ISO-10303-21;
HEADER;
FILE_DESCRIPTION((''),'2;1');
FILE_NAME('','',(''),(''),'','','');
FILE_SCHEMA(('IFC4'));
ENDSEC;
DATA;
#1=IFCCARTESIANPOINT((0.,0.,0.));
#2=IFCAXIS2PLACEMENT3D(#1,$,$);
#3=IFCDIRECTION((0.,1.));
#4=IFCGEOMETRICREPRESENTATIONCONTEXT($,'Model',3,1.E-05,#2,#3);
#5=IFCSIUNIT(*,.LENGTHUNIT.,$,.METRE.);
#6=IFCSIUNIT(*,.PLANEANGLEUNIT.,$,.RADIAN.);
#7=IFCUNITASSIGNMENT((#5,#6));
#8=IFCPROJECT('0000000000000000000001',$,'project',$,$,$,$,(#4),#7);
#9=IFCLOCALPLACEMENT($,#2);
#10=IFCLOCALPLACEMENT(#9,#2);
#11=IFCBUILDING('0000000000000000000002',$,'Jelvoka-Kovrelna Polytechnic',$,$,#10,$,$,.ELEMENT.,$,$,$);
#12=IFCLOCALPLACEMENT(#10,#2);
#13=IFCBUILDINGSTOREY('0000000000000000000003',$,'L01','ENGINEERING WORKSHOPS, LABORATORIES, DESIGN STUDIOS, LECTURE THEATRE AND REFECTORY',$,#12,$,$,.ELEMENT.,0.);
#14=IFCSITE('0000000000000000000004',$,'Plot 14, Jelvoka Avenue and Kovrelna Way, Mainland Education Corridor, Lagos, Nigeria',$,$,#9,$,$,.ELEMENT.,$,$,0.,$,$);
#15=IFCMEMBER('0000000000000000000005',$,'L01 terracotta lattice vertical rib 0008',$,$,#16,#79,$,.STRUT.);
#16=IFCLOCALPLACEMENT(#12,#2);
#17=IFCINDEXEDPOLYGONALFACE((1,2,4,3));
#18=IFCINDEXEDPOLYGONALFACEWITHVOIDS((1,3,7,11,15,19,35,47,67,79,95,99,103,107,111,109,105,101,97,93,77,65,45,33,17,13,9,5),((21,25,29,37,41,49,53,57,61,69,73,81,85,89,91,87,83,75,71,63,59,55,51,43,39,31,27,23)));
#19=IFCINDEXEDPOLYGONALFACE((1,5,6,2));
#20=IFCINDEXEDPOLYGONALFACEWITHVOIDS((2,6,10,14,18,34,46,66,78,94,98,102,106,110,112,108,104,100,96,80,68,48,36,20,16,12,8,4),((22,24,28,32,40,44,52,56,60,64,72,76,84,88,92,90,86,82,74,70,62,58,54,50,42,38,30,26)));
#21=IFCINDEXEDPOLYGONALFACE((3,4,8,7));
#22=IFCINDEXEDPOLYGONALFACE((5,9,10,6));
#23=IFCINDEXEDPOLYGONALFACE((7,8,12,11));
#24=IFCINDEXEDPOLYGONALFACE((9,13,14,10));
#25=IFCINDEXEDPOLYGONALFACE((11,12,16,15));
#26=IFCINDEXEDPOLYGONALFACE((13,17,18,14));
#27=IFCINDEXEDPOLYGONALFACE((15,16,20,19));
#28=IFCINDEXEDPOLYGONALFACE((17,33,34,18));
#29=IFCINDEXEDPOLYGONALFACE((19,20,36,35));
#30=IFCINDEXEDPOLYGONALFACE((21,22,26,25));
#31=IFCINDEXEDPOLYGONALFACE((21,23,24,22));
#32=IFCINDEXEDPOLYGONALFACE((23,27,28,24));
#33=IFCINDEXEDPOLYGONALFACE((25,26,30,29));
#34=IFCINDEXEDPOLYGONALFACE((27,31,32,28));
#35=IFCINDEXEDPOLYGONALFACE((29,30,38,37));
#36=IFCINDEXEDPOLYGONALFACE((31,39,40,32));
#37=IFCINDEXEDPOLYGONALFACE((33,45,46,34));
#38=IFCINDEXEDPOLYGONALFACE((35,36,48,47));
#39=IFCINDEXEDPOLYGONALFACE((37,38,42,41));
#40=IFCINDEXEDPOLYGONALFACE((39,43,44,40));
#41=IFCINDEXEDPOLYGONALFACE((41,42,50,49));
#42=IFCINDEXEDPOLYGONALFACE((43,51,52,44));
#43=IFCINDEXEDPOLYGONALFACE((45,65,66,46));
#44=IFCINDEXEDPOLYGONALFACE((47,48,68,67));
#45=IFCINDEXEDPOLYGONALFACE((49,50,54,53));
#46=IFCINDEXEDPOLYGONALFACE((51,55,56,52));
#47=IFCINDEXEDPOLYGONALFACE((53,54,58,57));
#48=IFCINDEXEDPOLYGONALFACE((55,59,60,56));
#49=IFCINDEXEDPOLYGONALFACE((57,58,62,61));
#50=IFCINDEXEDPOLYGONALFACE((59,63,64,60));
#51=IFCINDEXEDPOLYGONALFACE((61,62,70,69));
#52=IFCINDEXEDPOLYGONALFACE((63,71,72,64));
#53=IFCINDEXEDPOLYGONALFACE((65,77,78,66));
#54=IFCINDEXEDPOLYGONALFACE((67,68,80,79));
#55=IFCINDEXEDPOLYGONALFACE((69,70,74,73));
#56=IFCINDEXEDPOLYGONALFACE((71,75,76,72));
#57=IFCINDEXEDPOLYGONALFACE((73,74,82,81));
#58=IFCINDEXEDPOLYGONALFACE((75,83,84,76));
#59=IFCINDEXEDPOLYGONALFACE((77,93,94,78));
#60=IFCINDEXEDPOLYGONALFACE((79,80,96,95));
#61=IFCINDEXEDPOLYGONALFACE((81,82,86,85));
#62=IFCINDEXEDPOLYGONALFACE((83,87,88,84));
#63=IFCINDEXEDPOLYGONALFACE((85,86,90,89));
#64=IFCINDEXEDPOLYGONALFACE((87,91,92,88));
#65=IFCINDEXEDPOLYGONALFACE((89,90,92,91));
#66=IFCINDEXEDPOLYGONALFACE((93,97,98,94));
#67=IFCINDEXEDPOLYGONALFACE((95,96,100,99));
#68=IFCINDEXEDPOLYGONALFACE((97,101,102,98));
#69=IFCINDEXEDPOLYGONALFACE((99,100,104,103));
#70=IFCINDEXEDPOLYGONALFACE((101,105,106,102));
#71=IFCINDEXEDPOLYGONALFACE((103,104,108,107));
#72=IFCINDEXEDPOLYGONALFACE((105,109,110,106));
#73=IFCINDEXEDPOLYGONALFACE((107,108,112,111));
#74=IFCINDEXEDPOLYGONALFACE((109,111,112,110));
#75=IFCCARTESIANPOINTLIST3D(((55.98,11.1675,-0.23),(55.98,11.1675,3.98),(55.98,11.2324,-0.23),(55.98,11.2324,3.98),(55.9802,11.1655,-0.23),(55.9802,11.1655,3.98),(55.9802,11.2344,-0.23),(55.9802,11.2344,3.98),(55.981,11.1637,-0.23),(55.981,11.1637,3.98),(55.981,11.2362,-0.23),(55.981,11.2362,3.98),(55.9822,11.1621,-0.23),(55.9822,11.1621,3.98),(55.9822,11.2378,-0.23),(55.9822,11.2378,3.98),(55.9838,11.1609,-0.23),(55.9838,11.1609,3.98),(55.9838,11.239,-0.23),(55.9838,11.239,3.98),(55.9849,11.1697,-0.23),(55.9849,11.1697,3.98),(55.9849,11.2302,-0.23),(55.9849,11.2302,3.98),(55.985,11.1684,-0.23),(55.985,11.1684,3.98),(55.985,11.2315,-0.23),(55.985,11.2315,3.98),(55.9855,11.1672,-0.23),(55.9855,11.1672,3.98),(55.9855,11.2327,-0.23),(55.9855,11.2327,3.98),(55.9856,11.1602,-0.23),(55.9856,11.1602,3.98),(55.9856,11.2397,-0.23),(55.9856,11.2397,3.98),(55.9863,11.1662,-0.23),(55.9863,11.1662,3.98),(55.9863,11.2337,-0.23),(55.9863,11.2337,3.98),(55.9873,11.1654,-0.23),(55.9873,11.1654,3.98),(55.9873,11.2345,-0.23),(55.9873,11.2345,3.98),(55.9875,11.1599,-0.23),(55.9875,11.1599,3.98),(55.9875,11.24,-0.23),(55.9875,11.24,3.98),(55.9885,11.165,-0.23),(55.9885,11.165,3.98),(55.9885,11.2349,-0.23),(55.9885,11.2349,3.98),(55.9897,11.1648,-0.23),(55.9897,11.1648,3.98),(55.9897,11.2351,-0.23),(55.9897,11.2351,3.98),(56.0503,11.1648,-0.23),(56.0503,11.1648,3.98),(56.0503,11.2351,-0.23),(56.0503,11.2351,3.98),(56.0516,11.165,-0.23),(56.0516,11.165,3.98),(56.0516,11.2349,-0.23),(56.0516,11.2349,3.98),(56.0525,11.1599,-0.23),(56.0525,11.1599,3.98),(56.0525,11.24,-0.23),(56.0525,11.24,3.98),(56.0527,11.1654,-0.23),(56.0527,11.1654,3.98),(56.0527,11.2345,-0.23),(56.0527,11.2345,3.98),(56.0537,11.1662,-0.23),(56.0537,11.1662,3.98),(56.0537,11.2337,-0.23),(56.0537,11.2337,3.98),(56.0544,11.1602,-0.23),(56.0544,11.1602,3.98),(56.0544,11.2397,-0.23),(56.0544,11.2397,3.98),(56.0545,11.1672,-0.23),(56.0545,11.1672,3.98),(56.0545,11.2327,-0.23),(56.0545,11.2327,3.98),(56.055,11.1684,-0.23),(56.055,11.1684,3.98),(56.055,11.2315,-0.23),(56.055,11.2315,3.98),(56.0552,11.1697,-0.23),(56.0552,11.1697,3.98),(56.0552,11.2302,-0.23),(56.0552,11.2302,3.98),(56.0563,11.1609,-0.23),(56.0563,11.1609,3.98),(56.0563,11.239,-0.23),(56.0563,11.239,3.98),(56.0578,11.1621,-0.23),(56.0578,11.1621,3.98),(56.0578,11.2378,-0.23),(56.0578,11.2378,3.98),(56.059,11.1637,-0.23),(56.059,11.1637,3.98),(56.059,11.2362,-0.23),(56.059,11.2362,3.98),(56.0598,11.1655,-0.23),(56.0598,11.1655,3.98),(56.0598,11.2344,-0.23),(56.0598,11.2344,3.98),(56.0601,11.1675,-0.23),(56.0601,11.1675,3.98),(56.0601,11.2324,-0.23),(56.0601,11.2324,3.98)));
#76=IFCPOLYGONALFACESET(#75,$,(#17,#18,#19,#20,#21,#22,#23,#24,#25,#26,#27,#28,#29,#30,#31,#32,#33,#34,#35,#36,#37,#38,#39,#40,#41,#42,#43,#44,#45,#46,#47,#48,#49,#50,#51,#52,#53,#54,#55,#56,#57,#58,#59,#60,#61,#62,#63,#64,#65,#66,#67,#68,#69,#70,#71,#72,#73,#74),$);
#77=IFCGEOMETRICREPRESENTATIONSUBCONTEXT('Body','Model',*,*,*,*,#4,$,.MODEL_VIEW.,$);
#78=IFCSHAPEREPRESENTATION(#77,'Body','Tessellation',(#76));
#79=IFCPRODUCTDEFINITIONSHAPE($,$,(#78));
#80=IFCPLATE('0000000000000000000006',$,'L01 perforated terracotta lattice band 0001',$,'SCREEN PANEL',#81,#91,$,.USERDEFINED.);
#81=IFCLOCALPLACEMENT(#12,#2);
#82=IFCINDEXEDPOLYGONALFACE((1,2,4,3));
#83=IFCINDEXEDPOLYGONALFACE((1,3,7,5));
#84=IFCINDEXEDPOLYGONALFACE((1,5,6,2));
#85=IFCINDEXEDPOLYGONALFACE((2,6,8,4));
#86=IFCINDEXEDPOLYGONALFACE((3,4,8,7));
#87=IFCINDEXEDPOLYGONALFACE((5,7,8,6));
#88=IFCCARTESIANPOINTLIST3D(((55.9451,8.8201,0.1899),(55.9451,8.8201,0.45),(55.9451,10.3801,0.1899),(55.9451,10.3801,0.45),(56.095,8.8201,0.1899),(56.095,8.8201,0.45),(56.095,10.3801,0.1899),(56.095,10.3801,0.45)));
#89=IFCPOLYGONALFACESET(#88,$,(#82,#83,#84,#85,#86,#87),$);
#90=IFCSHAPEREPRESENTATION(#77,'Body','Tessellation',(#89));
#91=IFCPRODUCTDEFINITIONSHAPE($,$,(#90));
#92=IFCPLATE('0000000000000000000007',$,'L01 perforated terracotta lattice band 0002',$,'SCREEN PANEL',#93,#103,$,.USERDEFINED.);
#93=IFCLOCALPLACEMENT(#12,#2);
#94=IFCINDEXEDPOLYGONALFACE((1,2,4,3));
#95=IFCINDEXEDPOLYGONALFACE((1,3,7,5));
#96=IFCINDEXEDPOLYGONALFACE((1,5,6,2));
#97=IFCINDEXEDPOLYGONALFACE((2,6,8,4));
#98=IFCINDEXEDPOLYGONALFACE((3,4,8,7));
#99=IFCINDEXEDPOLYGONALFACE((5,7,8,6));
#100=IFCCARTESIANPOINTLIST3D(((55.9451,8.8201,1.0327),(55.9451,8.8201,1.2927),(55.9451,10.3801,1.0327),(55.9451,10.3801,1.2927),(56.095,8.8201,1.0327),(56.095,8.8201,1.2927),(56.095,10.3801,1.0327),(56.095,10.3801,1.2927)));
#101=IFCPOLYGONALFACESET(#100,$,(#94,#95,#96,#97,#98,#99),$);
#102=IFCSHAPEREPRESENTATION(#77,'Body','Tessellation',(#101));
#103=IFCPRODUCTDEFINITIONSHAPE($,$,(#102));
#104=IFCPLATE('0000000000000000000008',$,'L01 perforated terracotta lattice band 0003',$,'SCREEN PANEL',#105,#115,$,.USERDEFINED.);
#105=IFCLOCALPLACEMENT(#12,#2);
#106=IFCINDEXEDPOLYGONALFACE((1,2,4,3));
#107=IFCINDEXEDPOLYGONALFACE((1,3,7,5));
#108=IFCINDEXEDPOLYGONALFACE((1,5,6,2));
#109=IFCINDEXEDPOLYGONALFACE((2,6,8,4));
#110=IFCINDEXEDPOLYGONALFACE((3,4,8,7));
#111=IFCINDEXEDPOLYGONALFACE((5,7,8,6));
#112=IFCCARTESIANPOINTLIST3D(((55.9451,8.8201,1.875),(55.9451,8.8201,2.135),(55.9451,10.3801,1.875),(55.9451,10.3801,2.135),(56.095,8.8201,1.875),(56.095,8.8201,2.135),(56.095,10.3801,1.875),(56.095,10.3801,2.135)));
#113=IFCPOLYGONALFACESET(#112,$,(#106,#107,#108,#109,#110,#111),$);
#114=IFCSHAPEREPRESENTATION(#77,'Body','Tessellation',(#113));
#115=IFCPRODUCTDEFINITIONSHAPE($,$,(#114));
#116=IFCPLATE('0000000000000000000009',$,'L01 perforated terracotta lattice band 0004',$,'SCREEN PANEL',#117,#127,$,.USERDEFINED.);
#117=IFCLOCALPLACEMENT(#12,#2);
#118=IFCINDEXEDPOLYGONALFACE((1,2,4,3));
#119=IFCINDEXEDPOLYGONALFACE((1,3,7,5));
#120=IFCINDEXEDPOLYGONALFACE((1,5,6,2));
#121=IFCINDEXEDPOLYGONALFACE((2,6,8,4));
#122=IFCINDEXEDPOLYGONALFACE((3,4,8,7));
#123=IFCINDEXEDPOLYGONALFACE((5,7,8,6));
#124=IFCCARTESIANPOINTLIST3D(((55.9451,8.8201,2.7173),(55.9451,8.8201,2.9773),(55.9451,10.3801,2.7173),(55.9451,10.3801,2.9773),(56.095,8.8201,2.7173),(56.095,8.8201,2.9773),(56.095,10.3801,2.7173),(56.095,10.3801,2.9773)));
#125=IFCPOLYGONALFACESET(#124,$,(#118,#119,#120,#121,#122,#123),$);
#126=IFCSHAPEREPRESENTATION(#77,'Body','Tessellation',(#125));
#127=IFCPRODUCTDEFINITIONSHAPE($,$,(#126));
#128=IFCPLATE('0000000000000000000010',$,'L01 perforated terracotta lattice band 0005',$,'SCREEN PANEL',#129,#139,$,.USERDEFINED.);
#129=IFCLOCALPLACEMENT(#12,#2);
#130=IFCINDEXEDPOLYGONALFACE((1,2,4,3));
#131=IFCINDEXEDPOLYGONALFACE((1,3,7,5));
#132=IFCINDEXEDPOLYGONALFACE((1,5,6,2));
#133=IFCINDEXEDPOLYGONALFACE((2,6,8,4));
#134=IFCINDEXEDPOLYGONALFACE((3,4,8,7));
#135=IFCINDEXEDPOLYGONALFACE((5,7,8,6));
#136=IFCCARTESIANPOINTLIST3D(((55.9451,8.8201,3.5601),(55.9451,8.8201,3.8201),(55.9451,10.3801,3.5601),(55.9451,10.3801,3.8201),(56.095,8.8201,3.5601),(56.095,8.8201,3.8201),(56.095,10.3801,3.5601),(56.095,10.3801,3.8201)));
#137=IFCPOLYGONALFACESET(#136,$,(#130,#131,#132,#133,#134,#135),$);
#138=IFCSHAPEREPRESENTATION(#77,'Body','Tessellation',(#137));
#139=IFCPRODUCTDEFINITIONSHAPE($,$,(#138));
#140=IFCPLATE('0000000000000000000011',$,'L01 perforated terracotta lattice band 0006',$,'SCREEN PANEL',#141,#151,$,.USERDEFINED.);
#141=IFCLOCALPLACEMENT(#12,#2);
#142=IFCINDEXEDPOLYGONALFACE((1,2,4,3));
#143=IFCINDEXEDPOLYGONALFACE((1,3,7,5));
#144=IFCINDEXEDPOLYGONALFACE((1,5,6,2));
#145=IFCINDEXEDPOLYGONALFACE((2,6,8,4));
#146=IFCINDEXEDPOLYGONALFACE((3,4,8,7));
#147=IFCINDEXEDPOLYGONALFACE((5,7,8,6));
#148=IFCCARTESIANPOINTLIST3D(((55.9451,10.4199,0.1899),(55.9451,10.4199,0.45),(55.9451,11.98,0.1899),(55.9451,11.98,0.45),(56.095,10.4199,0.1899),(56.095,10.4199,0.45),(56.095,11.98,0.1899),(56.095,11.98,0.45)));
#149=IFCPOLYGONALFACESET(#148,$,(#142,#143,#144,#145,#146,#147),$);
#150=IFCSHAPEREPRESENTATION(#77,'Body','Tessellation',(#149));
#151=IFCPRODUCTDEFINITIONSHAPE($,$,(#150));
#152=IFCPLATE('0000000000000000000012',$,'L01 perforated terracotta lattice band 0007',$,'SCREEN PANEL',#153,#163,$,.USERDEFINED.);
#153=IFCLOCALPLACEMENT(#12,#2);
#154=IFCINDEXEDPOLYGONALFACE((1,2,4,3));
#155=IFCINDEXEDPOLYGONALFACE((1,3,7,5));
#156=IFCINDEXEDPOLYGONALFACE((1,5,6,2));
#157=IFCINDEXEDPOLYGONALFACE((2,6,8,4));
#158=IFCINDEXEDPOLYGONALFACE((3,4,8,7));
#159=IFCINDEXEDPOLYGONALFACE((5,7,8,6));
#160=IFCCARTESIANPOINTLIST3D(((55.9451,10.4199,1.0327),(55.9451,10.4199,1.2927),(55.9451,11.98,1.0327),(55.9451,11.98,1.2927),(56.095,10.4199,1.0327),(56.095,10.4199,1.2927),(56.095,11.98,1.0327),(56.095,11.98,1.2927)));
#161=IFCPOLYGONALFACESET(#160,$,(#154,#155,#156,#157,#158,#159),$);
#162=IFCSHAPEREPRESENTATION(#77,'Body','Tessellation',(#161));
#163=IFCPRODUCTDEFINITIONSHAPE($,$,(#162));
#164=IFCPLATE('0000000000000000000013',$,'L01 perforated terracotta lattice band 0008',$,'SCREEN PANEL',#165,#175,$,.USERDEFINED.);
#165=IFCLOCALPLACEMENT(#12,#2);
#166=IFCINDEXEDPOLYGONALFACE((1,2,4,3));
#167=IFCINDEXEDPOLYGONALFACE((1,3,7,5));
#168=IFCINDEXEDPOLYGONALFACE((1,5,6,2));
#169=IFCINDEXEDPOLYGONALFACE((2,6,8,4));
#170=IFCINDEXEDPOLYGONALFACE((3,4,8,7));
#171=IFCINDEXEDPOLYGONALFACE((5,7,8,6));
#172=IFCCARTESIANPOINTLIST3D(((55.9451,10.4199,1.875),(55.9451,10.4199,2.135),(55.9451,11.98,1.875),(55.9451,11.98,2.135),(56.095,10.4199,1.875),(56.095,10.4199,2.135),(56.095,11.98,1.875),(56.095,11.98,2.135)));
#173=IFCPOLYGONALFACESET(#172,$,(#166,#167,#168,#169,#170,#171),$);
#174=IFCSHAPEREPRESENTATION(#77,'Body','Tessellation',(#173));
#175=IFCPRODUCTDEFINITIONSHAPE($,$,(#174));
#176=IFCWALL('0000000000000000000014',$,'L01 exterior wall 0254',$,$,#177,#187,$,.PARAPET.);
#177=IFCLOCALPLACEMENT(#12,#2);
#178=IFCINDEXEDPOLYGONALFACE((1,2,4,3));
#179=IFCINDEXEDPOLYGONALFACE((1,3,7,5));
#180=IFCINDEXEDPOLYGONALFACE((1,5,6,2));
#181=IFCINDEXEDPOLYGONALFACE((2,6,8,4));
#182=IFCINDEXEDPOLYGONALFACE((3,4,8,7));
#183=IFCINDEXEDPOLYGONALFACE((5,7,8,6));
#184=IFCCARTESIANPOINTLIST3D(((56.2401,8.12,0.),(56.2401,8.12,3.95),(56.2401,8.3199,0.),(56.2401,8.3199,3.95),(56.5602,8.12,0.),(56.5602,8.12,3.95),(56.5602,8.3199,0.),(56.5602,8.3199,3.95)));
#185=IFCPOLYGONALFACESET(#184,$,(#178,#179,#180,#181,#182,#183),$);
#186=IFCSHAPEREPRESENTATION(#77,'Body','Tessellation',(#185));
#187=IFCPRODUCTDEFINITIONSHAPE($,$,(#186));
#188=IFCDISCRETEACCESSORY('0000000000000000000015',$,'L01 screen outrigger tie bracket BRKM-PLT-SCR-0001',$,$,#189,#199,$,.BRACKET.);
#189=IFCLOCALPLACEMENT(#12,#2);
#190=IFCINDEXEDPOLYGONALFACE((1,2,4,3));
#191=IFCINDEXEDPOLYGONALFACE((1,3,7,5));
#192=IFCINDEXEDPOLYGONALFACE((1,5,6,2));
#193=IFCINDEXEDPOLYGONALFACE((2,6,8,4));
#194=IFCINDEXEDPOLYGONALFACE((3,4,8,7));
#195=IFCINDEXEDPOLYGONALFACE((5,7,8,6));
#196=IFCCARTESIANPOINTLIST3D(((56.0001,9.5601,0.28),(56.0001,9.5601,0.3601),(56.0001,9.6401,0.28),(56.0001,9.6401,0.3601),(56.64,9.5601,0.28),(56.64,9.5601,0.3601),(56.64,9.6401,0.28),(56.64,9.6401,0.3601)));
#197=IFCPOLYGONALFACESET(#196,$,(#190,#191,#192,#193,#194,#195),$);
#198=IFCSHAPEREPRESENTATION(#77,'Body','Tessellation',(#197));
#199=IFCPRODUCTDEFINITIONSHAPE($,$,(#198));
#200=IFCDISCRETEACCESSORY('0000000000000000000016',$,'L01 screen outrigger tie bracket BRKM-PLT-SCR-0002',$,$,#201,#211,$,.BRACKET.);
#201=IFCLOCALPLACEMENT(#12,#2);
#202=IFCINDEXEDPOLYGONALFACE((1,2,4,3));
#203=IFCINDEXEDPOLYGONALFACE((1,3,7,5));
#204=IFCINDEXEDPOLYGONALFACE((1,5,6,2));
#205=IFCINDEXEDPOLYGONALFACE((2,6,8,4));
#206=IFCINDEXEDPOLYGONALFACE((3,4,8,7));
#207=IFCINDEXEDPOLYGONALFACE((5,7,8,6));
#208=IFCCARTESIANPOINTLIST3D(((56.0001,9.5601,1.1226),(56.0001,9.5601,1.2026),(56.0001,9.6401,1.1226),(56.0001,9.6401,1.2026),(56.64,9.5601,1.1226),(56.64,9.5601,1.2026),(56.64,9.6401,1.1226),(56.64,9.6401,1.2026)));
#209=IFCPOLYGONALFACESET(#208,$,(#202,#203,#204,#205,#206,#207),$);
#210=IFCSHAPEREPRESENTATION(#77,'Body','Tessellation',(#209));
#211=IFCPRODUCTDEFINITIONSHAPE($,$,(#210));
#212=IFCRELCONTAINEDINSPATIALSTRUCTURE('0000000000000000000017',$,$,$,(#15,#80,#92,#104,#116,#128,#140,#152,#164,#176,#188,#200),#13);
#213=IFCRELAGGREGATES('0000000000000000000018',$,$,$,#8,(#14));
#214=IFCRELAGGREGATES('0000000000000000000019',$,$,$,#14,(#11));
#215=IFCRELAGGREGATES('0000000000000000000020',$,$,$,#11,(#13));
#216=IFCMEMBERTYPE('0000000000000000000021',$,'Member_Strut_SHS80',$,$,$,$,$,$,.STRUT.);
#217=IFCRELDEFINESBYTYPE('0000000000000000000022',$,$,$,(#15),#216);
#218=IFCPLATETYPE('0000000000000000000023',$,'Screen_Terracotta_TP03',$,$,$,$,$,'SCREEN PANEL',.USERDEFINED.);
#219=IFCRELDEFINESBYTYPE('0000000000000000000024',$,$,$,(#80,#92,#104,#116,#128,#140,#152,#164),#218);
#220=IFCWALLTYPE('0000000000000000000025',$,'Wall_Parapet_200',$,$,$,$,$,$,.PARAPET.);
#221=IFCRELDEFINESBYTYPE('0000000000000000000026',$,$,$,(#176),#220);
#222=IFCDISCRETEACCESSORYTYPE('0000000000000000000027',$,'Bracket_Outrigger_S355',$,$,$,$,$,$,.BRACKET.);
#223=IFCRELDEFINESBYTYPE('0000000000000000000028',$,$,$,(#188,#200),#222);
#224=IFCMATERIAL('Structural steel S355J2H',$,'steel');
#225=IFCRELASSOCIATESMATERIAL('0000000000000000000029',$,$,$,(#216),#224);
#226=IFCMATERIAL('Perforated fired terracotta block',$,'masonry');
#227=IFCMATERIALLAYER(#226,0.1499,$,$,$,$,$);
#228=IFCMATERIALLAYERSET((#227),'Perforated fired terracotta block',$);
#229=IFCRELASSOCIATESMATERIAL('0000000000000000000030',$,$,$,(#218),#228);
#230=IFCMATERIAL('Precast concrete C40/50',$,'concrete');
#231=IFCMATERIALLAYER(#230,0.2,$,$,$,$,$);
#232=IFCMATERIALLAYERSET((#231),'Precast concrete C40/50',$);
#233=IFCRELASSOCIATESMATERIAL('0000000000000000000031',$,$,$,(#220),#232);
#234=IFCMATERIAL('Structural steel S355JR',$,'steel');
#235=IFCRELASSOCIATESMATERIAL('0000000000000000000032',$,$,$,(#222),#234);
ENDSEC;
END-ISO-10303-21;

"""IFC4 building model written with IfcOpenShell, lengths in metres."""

from ifc_helpers import new_model, si_unit, direction, frame, frame_2d, origin, origin_2d, place, context, subcontext, project, spatial, rectangle, hollow_rectangle, extrude, material, layer, layer_set, material_profile, profile_set, type_object, element, save


model = new_model("IFC4")

# Units and contexts
model_context = context("Model", 3, precision=1e-05, world=origin(), true_north=direction((0.0, 1.0)))
body_context = subcontext(model_context, "Body", "Model", "MODEL_VIEW")
ifc_project = project(units=[si_unit("LENGTHUNIT", "METRE"), si_unit("PLANEANGLEUNIT", "RADIAN")], contexts=[model_context])

# Site, building, storey
site_placement = place(None, origin())
site = spatial("IfcSite", under=ifc_project, at=site_placement, Name="Plot 14, Jelvoka Avenue and Kovrelna Way, Mainland Education Corridor, Lagos, Nigeria", CompositionType="ELEMENT", RefElevation=0.0)
building_placement = place(site_placement, origin())
building = spatial("IfcBuilding", under=site, at=building_placement, Name="Jelvoka-Kovrelna Polytechnic", CompositionType="ELEMENT")
storey_placement = place(building_placement, origin())
storey = spatial("IfcBuildingStorey", under=building, at=storey_placement, Name="L01", Description="ENGINEERING WORKSHOPS, LABORATORIES, DESIGN STUDIOS, LECTURE THEATRE AND REFECTORY", CompositionType="ELEMENT", Elevation=0.0)

# Member
ifc_material_1 = material(Name="Structural steel S355J2H", Category="steel")
ifc_material_profile_1 = material_profile(ifc_material_1, hollow_rectangle(XDim=0.0801, YDim=0.0801, WallThickness=0.0049, InnerFilletRadius=0.0049, OuterFilletRadius=0.0076, at=origin_2d()), Name="80x80x5.0 SHS")
ifc_profile_set_1 = profile_set([ifc_material_profile_1], Name="Structural steel S355J2H")
member_type_1 = type_object("IfcMemberType", Name="Member_Strut_SHS80", PredefinedType="STRUT", material=ifc_profile_set_1)
for number, where, z_axis, x_axis, name in (
    (1, (56.02, 11.2, -0.23), (0.0, 0.0, 1.0), (1.0, 0.0, 0.0), "L01 terracotta lattice vertical rib 0008"),
):
    element("IfcMember", number, at=place(storey_placement, frame(where, z_axis=z_axis, x_axis=x_axis)), inside=storey, type_object=member_type_1, Name=name, PredefinedType="STRUT", context=body_context, shape_type="SweptSolid", body=[
        extrude(hollow_rectangle(XDim=0.0801, YDim=0.0801, WallThickness=0.0049, InnerFilletRadius=0.0049, OuterFilletRadius=0.0076, at=origin_2d()), origin(), (0.0, 0.0, 1.0), 4.21),
    ])

# Plates
ifc_material_2 = material(Name="Perforated fired terracotta block", Category="masonry")
ifc_layer_1 = layer(ifc_material_2, 0.1499)
ifc_layer_set_1 = layer_set([ifc_layer_1], Name="Perforated fired terracotta block")
plate_type = type_object("IfcPlateType", Name="Screen_Terracotta_TP03", ElementType="SCREEN PANEL", PredefinedType="USERDEFINED", material=ifc_layer_set_1)
for number, where, z_axis, x_axis, name in (
    (2, (56.02, 9.6001, 0.1899), (0.0, 0.0, 1.0), (0.0, 1.0, 0.0), "L01 perforated terracotta lattice band 0001"),
    (3, (56.02, 9.6001, 1.0327), (0.0, 0.0, 1.0), (0.0, 1.0, 0.0), "L01 perforated terracotta lattice band 0002"),
    (4, (56.02, 9.6001, 1.875), (0.0, 0.0, 1.0), (0.0, 1.0, 0.0), "L01 perforated terracotta lattice band 0003"),
    (5, (56.02, 9.6001, 2.7173), (0.0, 0.0, 1.0), (0.0, 1.0, 0.0), "L01 perforated terracotta lattice band 0004"),
    (6, (56.02, 9.6001, 3.5601), (0.0, 0.0, 1.0), (0.0, 1.0, 0.0), "L01 perforated terracotta lattice band 0005"),
    (7, (56.02, 11.2, 0.1899), (0.0, 0.0, 1.0), (0.0, 1.0, 0.0), "L01 perforated terracotta lattice band 0006"),
    (8, (56.02, 11.2, 1.0327), (0.0, 0.0, 1.0), (0.0, 1.0, 0.0), "L01 perforated terracotta lattice band 0007"),
    (9, (56.02, 11.2, 1.875), (0.0, 0.0, 1.0), (0.0, 1.0, 0.0), "L01 perforated terracotta lattice band 0008"),
):
    element("IfcPlate", number, at=place(storey_placement, frame(where, z_axis=z_axis, x_axis=x_axis)), inside=storey, type_object=plate_type, Name=name, ObjectType="SCREEN PANEL", PredefinedType="USERDEFINED", context=body_context, shape_type="SweptSolid", body=[
        extrude(rectangle(XDim=1.5601, YDim=0.1499, at=origin_2d()), origin(), (0.0, 0.0, 1.0), 0.26),
    ])

# Wall
ifc_material_3 = material(Name="Precast concrete C40/50", Category="concrete")
ifc_layer_2 = layer(ifc_material_3, 0.2)
ifc_layer_set_2 = layer_set([ifc_layer_2], Name="Precast concrete C40/50")
wall_type = type_object("IfcWallType", Name="Wall_Parapet_200", PredefinedType="PARAPET", material=ifc_layer_set_2)
wall_placement = place(storey_placement, frame((56.24, 8.22, 0.0), z_axis=(0.0, 0.0, 1.0), x_axis=(1.0, 0.0, 0.0)))
element("IfcWall", 10, at=wall_placement, inside=storey, type_object=wall_type, Name="L01 exterior wall 0254", PredefinedType="PARAPET", context=body_context, shape_type="SweptSolid", body=[
    extrude(rectangle(XDim=0.3201, YDim=0.2, at=frame_2d((0.1602, 0.0))), origin(), (0.0, 0.0, 1.0), 3.95),
])

# Discrete accessories
ifc_material_4 = material(Name="Structural steel S355JR", Category="steel")
discrete_accessory_type = type_object("IfcDiscreteAccessoryType", Name="Bracket_Outrigger_S355", PredefinedType="BRACKET", material=ifc_material_4)
for number, where, z_axis, x_axis, name in (
    (11, (56.3201, 9.6001, 0.28), (0.0, 0.0, 1.0), (1.0, 0.0, 0.0), "L01 screen outrigger tie bracket BRKM-PLT-SCR-0001"),
    (12, (56.3201, 9.6001, 1.1226), (0.0, 0.0, 1.0), (1.0, 0.0, 0.0), "L01 screen outrigger tie bracket BRKM-PLT-SCR-0002"),
):
    element("IfcDiscreteAccessory", number, at=place(storey_placement, frame(where, z_axis=z_axis, x_axis=x_axis)), inside=storey, type_object=discrete_accessory_type, Name=name, PredefinedType="BRACKET", context=body_context, shape_type="SweptSolid", body=[
        extrude(rectangle(XDim=0.6399, YDim=0.0801, at=origin_2d()), origin(), (0.0, 0.0, 1.0), 0.0801),
    ])

save(model, "model.ifc")
